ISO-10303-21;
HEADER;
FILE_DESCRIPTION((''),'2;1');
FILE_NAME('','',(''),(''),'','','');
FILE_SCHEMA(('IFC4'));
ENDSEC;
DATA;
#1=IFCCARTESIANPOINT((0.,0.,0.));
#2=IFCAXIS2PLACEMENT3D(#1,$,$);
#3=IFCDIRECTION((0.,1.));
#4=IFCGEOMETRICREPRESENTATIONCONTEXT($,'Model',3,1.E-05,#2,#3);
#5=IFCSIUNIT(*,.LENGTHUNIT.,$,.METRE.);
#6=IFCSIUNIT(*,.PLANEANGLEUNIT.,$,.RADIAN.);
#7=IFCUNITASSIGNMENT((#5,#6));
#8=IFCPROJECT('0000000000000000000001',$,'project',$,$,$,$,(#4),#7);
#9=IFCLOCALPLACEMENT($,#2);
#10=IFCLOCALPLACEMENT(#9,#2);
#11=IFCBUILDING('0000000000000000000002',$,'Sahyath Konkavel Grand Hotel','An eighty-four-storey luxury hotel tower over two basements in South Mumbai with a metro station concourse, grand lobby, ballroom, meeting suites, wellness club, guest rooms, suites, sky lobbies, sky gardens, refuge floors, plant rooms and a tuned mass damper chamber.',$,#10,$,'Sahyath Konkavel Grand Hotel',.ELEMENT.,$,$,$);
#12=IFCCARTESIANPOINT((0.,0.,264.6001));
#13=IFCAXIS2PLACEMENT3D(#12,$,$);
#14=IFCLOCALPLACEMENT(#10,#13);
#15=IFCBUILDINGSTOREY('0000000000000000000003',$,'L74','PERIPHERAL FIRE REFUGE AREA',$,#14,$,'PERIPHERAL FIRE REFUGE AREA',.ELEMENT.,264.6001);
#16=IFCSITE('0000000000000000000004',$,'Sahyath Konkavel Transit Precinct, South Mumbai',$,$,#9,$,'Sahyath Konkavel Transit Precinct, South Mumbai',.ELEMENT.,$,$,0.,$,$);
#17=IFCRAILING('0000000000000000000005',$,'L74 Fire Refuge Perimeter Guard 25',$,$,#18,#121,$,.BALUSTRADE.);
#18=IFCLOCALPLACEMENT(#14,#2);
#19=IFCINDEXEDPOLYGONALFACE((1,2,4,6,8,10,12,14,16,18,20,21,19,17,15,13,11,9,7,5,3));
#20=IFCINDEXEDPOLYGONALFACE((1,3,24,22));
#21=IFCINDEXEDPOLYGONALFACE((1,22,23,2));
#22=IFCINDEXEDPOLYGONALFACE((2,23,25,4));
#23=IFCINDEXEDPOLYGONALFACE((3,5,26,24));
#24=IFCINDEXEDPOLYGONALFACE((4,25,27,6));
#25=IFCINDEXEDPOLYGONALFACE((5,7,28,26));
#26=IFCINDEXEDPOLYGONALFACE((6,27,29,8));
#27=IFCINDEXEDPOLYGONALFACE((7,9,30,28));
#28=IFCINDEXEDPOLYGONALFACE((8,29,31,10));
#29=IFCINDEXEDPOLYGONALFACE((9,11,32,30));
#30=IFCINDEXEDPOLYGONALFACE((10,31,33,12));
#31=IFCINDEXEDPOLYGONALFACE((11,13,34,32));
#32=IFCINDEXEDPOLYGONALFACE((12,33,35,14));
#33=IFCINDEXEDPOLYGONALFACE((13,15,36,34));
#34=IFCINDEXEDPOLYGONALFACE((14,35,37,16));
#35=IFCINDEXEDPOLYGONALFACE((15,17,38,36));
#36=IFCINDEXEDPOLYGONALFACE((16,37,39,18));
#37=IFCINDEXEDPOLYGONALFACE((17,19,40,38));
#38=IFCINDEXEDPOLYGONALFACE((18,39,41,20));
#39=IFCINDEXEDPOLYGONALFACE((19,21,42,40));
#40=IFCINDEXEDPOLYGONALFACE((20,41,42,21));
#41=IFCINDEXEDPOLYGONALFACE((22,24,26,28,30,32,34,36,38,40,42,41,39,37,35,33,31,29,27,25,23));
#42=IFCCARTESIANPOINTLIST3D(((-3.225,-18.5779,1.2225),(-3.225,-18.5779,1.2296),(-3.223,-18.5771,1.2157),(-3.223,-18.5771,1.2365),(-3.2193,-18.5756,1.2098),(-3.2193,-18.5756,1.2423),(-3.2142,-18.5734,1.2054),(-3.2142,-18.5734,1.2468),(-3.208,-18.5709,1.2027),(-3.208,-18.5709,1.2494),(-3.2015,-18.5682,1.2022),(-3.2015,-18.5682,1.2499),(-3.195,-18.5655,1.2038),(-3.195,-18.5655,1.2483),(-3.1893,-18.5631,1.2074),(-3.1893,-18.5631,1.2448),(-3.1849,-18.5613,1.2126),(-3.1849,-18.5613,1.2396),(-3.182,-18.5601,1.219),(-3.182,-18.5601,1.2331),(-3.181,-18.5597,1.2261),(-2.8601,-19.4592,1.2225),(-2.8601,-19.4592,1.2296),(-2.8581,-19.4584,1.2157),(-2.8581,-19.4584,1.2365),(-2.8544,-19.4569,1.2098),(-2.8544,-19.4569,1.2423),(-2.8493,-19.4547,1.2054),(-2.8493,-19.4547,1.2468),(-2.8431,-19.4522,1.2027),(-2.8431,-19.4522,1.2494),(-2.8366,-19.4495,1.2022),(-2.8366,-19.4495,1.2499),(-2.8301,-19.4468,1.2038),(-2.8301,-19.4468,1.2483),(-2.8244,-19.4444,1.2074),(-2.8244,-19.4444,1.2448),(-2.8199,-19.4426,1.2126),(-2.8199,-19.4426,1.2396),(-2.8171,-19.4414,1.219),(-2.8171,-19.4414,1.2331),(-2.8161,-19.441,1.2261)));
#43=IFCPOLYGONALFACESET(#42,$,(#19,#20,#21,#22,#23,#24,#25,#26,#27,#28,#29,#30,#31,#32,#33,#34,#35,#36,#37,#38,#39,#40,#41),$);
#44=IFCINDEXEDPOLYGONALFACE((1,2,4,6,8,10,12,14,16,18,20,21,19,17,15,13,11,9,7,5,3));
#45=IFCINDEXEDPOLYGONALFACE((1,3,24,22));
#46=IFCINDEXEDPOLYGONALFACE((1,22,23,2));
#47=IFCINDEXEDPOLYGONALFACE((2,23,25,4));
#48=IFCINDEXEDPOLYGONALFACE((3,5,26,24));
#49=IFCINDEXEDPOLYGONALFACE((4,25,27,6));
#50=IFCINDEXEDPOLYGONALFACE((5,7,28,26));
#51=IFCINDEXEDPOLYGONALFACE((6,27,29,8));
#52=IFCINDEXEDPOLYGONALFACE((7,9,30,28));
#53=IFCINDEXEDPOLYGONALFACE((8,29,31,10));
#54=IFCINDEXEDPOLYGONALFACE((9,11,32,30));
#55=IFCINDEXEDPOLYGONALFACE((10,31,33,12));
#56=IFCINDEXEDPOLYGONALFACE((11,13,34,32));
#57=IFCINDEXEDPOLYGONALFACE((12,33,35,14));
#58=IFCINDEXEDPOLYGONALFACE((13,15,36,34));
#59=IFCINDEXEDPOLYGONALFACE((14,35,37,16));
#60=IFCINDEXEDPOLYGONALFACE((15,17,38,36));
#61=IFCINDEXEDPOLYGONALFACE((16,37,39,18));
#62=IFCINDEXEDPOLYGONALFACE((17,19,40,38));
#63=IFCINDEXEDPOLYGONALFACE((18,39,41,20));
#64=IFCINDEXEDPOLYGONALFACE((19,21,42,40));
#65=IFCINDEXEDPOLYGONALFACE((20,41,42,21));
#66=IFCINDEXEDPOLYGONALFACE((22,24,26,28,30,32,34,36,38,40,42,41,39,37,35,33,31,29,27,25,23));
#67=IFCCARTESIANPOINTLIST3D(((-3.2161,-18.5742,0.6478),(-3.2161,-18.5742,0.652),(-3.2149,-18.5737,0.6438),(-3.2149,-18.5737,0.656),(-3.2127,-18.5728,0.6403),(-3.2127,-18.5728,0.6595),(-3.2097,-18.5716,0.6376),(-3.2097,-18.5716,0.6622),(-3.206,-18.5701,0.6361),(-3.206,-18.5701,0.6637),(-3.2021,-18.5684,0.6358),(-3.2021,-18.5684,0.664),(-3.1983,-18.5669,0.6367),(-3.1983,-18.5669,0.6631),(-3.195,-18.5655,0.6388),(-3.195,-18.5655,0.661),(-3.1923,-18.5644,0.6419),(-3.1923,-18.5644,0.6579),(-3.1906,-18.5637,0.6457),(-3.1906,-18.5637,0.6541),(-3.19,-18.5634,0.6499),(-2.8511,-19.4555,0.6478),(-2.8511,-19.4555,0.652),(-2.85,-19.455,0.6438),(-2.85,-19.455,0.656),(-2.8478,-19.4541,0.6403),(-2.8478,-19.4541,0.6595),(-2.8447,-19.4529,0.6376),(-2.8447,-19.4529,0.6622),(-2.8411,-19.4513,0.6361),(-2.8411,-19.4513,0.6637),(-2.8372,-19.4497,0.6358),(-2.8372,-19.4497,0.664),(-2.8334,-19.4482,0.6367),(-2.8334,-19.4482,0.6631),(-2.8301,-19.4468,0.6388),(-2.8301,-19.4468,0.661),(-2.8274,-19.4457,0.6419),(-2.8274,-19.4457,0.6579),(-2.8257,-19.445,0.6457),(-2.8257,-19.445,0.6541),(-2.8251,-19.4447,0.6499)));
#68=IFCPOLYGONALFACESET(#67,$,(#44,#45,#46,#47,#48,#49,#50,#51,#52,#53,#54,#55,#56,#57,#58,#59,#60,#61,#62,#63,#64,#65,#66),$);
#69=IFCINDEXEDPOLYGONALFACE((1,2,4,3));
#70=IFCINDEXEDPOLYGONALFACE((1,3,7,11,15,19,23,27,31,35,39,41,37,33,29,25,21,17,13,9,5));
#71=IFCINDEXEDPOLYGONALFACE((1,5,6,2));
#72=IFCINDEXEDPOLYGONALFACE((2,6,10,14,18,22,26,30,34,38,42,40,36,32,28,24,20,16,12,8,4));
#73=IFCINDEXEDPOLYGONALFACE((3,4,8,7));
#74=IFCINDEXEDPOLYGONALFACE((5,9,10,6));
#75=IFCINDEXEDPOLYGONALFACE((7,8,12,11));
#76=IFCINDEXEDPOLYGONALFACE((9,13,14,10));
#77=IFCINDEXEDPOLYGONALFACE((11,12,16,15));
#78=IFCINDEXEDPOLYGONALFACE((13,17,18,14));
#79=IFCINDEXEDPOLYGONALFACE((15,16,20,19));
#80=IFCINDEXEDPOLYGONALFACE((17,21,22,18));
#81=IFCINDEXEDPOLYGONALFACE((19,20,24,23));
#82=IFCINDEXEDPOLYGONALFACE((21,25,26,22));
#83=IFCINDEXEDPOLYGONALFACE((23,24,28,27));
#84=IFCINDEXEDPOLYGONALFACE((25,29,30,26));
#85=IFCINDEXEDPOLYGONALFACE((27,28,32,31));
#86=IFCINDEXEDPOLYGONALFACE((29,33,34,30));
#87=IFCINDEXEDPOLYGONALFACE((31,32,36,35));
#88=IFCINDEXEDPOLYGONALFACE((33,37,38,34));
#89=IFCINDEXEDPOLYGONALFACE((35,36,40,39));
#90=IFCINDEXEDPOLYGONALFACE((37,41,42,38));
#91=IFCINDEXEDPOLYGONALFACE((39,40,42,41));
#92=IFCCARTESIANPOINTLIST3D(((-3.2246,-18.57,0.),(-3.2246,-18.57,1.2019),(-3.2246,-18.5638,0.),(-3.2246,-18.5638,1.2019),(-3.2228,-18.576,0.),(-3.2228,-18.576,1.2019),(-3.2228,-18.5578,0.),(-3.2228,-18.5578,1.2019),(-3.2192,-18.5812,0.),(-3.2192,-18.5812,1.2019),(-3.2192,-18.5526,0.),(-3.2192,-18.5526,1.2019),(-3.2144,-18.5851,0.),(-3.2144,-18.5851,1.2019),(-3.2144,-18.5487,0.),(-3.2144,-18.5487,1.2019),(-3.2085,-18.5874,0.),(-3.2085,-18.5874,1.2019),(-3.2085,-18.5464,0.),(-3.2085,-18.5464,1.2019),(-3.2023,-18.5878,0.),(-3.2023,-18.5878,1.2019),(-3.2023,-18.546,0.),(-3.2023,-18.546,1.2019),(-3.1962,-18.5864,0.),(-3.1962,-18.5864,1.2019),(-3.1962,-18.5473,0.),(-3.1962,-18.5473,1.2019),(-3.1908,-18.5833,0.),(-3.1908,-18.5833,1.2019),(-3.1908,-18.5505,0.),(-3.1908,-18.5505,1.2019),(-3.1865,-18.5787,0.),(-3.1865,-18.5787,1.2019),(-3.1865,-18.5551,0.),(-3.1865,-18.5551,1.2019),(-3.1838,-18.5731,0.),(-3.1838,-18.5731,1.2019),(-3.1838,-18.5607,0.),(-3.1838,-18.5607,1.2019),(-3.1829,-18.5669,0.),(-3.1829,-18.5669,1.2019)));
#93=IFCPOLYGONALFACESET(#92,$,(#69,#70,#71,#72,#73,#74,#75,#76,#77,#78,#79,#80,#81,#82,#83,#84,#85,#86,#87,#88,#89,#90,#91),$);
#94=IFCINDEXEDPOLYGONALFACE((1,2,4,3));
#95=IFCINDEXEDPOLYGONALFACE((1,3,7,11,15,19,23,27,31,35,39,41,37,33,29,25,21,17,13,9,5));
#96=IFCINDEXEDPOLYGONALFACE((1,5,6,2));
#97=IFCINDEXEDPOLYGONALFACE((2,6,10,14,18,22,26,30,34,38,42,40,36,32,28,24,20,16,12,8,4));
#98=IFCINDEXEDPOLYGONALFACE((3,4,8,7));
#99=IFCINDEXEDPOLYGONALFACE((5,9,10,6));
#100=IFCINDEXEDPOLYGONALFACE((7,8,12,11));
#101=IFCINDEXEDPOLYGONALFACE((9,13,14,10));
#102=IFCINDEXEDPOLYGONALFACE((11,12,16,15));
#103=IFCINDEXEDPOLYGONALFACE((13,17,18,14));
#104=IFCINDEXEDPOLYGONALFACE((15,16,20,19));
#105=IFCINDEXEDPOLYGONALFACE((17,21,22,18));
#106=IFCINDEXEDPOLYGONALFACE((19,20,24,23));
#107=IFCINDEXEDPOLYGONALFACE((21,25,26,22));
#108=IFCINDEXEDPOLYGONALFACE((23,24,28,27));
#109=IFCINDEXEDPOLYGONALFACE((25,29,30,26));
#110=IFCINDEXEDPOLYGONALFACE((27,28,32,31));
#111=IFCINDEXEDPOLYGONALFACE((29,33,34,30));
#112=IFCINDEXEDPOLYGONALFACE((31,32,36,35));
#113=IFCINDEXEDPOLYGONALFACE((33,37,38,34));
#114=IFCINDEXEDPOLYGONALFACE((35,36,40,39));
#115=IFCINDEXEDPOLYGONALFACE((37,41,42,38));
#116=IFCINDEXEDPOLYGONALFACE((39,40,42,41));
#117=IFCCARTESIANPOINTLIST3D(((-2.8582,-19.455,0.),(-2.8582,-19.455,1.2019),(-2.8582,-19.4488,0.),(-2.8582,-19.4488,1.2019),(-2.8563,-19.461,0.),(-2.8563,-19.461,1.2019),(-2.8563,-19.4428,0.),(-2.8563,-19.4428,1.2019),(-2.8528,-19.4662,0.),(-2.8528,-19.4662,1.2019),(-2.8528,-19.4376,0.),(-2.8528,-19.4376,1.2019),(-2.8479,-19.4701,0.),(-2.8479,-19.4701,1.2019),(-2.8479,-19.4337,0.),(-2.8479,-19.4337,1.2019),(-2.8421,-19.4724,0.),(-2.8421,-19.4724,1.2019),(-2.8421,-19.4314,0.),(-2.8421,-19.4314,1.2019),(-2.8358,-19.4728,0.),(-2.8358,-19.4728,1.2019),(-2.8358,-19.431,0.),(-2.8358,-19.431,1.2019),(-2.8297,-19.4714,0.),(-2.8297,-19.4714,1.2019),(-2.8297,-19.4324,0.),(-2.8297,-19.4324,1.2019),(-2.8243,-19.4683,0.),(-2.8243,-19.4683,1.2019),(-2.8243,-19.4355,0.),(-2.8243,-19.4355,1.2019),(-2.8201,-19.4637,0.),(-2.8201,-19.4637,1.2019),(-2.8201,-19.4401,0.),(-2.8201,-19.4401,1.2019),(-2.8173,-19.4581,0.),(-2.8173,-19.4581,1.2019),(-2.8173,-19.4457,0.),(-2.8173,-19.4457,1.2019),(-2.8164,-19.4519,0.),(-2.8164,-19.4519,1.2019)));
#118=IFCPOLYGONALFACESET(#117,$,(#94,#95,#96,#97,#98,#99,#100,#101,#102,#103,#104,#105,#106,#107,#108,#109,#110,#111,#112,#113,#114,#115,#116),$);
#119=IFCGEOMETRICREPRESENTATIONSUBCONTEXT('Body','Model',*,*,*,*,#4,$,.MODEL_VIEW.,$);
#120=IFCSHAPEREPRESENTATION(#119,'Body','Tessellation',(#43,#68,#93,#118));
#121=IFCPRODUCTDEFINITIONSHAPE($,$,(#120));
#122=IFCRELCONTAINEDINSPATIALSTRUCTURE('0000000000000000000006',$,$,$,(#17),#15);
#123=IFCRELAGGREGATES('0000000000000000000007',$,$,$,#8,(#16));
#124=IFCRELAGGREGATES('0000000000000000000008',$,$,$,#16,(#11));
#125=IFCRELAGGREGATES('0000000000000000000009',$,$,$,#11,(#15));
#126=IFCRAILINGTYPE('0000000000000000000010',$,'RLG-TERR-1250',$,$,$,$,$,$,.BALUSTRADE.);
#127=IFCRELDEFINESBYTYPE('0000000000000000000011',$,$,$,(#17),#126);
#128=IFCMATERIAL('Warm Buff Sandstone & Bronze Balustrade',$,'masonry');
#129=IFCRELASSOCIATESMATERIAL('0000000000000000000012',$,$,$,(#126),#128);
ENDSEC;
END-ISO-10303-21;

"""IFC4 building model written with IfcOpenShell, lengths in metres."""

from ifc_helpers import new_model, si_unit, direction, frame, origin, origin_2d, place, context, subcontext, project, spatial, circle, extrude, material, type_object, element, save


model = new_model("IFC4")

# Units and contexts
model_context = context("Model", 3, precision=1e-05, world=origin(), true_north=direction((0.0, 1.0)))
body_context = subcontext(model_context, "Body", "Model", "MODEL_VIEW")
ifc_project = project(units=[si_unit("LENGTHUNIT", "METRE"), si_unit("PLANEANGLEUNIT", "RADIAN")], contexts=[model_context])

# Site, building, storey
site_placement = place(None, origin())
site = spatial("IfcSite", under=ifc_project, at=site_placement, Name="Sahyath Konkavel Transit Precinct, South Mumbai", LongName="Sahyath Konkavel Transit Precinct, South Mumbai", CompositionType="ELEMENT", RefElevation=0.0)
building_placement = place(site_placement, origin())
building = spatial("IfcBuilding", under=site, at=building_placement, Name="Sahyath Konkavel Grand Hotel", Description="An eighty-four-storey luxury hotel tower over two basements in South Mumbai with a metro station concourse, grand lobby, ballroom, meeting suites, wellness club, guest rooms, suites, sky lobbies, sky gardens, refuge floors, plant rooms and a tuned mass damper chamber.", LongName="Sahyath Konkavel Grand Hotel", CompositionType="ELEMENT")
storey_placement = place(building_placement, frame((0.0, 0.0, 264.6001)))
storey = spatial("IfcBuildingStorey", under=building, at=storey_placement, Name="L74", Description="PERIPHERAL FIRE REFUGE AREA", LongName="PERIPHERAL FIRE REFUGE AREA", CompositionType="ELEMENT", Elevation=264.6001)

# Railing
ifc_material_1 = material(Name="Warm Buff Sandstone & Bronze Balustrade", Category="masonry")
railing_type = type_object("IfcRailingType", Name="RLG-TERR-1250", PredefinedType="BALUSTRADE", material=ifc_material_1)
railing_1_placement = place(storey_placement, frame((-3.2039, -18.5669, 0.0)))
element("IfcRailing", 1, at=railing_1_placement, inside=storey, type_object=railing_type, Name="L74 Fire Refuge Perimeter Guard 25", PredefinedType="BALUSTRADE", context=body_context, shape_type="SweptSolid", body=[
    extrude(circle(Radius=0.0239, at=origin_2d()), frame((0.0007, -0.002, 1.2261), z_axis=(0.382569, -0.923927, 0.0), x_axis=(0.923927, 0.382569, 0.0)), (0.0, 0.0, 1.0), 0.9539),
    extrude(circle(Radius=0.0142, at=origin_2d()), frame((0.0007, -0.002, 0.6499), z_axis=(0.382569, -0.923927, 0.0), x_axis=(0.923927, 0.382569, 0.0)), (0.0, 0.0, 1.0), 0.9539),
    extrude(circle(Radius=0.021, at=origin_2d()), origin(), (0.0, 0.0, 1.0), 1.2019),
    extrude(circle(Radius=0.021, at=origin_2d()), frame((0.3665, -0.885, 0.0)), (0.0, 0.0, 1.0), 1.2019),
])

save(model, "model.ifc")
